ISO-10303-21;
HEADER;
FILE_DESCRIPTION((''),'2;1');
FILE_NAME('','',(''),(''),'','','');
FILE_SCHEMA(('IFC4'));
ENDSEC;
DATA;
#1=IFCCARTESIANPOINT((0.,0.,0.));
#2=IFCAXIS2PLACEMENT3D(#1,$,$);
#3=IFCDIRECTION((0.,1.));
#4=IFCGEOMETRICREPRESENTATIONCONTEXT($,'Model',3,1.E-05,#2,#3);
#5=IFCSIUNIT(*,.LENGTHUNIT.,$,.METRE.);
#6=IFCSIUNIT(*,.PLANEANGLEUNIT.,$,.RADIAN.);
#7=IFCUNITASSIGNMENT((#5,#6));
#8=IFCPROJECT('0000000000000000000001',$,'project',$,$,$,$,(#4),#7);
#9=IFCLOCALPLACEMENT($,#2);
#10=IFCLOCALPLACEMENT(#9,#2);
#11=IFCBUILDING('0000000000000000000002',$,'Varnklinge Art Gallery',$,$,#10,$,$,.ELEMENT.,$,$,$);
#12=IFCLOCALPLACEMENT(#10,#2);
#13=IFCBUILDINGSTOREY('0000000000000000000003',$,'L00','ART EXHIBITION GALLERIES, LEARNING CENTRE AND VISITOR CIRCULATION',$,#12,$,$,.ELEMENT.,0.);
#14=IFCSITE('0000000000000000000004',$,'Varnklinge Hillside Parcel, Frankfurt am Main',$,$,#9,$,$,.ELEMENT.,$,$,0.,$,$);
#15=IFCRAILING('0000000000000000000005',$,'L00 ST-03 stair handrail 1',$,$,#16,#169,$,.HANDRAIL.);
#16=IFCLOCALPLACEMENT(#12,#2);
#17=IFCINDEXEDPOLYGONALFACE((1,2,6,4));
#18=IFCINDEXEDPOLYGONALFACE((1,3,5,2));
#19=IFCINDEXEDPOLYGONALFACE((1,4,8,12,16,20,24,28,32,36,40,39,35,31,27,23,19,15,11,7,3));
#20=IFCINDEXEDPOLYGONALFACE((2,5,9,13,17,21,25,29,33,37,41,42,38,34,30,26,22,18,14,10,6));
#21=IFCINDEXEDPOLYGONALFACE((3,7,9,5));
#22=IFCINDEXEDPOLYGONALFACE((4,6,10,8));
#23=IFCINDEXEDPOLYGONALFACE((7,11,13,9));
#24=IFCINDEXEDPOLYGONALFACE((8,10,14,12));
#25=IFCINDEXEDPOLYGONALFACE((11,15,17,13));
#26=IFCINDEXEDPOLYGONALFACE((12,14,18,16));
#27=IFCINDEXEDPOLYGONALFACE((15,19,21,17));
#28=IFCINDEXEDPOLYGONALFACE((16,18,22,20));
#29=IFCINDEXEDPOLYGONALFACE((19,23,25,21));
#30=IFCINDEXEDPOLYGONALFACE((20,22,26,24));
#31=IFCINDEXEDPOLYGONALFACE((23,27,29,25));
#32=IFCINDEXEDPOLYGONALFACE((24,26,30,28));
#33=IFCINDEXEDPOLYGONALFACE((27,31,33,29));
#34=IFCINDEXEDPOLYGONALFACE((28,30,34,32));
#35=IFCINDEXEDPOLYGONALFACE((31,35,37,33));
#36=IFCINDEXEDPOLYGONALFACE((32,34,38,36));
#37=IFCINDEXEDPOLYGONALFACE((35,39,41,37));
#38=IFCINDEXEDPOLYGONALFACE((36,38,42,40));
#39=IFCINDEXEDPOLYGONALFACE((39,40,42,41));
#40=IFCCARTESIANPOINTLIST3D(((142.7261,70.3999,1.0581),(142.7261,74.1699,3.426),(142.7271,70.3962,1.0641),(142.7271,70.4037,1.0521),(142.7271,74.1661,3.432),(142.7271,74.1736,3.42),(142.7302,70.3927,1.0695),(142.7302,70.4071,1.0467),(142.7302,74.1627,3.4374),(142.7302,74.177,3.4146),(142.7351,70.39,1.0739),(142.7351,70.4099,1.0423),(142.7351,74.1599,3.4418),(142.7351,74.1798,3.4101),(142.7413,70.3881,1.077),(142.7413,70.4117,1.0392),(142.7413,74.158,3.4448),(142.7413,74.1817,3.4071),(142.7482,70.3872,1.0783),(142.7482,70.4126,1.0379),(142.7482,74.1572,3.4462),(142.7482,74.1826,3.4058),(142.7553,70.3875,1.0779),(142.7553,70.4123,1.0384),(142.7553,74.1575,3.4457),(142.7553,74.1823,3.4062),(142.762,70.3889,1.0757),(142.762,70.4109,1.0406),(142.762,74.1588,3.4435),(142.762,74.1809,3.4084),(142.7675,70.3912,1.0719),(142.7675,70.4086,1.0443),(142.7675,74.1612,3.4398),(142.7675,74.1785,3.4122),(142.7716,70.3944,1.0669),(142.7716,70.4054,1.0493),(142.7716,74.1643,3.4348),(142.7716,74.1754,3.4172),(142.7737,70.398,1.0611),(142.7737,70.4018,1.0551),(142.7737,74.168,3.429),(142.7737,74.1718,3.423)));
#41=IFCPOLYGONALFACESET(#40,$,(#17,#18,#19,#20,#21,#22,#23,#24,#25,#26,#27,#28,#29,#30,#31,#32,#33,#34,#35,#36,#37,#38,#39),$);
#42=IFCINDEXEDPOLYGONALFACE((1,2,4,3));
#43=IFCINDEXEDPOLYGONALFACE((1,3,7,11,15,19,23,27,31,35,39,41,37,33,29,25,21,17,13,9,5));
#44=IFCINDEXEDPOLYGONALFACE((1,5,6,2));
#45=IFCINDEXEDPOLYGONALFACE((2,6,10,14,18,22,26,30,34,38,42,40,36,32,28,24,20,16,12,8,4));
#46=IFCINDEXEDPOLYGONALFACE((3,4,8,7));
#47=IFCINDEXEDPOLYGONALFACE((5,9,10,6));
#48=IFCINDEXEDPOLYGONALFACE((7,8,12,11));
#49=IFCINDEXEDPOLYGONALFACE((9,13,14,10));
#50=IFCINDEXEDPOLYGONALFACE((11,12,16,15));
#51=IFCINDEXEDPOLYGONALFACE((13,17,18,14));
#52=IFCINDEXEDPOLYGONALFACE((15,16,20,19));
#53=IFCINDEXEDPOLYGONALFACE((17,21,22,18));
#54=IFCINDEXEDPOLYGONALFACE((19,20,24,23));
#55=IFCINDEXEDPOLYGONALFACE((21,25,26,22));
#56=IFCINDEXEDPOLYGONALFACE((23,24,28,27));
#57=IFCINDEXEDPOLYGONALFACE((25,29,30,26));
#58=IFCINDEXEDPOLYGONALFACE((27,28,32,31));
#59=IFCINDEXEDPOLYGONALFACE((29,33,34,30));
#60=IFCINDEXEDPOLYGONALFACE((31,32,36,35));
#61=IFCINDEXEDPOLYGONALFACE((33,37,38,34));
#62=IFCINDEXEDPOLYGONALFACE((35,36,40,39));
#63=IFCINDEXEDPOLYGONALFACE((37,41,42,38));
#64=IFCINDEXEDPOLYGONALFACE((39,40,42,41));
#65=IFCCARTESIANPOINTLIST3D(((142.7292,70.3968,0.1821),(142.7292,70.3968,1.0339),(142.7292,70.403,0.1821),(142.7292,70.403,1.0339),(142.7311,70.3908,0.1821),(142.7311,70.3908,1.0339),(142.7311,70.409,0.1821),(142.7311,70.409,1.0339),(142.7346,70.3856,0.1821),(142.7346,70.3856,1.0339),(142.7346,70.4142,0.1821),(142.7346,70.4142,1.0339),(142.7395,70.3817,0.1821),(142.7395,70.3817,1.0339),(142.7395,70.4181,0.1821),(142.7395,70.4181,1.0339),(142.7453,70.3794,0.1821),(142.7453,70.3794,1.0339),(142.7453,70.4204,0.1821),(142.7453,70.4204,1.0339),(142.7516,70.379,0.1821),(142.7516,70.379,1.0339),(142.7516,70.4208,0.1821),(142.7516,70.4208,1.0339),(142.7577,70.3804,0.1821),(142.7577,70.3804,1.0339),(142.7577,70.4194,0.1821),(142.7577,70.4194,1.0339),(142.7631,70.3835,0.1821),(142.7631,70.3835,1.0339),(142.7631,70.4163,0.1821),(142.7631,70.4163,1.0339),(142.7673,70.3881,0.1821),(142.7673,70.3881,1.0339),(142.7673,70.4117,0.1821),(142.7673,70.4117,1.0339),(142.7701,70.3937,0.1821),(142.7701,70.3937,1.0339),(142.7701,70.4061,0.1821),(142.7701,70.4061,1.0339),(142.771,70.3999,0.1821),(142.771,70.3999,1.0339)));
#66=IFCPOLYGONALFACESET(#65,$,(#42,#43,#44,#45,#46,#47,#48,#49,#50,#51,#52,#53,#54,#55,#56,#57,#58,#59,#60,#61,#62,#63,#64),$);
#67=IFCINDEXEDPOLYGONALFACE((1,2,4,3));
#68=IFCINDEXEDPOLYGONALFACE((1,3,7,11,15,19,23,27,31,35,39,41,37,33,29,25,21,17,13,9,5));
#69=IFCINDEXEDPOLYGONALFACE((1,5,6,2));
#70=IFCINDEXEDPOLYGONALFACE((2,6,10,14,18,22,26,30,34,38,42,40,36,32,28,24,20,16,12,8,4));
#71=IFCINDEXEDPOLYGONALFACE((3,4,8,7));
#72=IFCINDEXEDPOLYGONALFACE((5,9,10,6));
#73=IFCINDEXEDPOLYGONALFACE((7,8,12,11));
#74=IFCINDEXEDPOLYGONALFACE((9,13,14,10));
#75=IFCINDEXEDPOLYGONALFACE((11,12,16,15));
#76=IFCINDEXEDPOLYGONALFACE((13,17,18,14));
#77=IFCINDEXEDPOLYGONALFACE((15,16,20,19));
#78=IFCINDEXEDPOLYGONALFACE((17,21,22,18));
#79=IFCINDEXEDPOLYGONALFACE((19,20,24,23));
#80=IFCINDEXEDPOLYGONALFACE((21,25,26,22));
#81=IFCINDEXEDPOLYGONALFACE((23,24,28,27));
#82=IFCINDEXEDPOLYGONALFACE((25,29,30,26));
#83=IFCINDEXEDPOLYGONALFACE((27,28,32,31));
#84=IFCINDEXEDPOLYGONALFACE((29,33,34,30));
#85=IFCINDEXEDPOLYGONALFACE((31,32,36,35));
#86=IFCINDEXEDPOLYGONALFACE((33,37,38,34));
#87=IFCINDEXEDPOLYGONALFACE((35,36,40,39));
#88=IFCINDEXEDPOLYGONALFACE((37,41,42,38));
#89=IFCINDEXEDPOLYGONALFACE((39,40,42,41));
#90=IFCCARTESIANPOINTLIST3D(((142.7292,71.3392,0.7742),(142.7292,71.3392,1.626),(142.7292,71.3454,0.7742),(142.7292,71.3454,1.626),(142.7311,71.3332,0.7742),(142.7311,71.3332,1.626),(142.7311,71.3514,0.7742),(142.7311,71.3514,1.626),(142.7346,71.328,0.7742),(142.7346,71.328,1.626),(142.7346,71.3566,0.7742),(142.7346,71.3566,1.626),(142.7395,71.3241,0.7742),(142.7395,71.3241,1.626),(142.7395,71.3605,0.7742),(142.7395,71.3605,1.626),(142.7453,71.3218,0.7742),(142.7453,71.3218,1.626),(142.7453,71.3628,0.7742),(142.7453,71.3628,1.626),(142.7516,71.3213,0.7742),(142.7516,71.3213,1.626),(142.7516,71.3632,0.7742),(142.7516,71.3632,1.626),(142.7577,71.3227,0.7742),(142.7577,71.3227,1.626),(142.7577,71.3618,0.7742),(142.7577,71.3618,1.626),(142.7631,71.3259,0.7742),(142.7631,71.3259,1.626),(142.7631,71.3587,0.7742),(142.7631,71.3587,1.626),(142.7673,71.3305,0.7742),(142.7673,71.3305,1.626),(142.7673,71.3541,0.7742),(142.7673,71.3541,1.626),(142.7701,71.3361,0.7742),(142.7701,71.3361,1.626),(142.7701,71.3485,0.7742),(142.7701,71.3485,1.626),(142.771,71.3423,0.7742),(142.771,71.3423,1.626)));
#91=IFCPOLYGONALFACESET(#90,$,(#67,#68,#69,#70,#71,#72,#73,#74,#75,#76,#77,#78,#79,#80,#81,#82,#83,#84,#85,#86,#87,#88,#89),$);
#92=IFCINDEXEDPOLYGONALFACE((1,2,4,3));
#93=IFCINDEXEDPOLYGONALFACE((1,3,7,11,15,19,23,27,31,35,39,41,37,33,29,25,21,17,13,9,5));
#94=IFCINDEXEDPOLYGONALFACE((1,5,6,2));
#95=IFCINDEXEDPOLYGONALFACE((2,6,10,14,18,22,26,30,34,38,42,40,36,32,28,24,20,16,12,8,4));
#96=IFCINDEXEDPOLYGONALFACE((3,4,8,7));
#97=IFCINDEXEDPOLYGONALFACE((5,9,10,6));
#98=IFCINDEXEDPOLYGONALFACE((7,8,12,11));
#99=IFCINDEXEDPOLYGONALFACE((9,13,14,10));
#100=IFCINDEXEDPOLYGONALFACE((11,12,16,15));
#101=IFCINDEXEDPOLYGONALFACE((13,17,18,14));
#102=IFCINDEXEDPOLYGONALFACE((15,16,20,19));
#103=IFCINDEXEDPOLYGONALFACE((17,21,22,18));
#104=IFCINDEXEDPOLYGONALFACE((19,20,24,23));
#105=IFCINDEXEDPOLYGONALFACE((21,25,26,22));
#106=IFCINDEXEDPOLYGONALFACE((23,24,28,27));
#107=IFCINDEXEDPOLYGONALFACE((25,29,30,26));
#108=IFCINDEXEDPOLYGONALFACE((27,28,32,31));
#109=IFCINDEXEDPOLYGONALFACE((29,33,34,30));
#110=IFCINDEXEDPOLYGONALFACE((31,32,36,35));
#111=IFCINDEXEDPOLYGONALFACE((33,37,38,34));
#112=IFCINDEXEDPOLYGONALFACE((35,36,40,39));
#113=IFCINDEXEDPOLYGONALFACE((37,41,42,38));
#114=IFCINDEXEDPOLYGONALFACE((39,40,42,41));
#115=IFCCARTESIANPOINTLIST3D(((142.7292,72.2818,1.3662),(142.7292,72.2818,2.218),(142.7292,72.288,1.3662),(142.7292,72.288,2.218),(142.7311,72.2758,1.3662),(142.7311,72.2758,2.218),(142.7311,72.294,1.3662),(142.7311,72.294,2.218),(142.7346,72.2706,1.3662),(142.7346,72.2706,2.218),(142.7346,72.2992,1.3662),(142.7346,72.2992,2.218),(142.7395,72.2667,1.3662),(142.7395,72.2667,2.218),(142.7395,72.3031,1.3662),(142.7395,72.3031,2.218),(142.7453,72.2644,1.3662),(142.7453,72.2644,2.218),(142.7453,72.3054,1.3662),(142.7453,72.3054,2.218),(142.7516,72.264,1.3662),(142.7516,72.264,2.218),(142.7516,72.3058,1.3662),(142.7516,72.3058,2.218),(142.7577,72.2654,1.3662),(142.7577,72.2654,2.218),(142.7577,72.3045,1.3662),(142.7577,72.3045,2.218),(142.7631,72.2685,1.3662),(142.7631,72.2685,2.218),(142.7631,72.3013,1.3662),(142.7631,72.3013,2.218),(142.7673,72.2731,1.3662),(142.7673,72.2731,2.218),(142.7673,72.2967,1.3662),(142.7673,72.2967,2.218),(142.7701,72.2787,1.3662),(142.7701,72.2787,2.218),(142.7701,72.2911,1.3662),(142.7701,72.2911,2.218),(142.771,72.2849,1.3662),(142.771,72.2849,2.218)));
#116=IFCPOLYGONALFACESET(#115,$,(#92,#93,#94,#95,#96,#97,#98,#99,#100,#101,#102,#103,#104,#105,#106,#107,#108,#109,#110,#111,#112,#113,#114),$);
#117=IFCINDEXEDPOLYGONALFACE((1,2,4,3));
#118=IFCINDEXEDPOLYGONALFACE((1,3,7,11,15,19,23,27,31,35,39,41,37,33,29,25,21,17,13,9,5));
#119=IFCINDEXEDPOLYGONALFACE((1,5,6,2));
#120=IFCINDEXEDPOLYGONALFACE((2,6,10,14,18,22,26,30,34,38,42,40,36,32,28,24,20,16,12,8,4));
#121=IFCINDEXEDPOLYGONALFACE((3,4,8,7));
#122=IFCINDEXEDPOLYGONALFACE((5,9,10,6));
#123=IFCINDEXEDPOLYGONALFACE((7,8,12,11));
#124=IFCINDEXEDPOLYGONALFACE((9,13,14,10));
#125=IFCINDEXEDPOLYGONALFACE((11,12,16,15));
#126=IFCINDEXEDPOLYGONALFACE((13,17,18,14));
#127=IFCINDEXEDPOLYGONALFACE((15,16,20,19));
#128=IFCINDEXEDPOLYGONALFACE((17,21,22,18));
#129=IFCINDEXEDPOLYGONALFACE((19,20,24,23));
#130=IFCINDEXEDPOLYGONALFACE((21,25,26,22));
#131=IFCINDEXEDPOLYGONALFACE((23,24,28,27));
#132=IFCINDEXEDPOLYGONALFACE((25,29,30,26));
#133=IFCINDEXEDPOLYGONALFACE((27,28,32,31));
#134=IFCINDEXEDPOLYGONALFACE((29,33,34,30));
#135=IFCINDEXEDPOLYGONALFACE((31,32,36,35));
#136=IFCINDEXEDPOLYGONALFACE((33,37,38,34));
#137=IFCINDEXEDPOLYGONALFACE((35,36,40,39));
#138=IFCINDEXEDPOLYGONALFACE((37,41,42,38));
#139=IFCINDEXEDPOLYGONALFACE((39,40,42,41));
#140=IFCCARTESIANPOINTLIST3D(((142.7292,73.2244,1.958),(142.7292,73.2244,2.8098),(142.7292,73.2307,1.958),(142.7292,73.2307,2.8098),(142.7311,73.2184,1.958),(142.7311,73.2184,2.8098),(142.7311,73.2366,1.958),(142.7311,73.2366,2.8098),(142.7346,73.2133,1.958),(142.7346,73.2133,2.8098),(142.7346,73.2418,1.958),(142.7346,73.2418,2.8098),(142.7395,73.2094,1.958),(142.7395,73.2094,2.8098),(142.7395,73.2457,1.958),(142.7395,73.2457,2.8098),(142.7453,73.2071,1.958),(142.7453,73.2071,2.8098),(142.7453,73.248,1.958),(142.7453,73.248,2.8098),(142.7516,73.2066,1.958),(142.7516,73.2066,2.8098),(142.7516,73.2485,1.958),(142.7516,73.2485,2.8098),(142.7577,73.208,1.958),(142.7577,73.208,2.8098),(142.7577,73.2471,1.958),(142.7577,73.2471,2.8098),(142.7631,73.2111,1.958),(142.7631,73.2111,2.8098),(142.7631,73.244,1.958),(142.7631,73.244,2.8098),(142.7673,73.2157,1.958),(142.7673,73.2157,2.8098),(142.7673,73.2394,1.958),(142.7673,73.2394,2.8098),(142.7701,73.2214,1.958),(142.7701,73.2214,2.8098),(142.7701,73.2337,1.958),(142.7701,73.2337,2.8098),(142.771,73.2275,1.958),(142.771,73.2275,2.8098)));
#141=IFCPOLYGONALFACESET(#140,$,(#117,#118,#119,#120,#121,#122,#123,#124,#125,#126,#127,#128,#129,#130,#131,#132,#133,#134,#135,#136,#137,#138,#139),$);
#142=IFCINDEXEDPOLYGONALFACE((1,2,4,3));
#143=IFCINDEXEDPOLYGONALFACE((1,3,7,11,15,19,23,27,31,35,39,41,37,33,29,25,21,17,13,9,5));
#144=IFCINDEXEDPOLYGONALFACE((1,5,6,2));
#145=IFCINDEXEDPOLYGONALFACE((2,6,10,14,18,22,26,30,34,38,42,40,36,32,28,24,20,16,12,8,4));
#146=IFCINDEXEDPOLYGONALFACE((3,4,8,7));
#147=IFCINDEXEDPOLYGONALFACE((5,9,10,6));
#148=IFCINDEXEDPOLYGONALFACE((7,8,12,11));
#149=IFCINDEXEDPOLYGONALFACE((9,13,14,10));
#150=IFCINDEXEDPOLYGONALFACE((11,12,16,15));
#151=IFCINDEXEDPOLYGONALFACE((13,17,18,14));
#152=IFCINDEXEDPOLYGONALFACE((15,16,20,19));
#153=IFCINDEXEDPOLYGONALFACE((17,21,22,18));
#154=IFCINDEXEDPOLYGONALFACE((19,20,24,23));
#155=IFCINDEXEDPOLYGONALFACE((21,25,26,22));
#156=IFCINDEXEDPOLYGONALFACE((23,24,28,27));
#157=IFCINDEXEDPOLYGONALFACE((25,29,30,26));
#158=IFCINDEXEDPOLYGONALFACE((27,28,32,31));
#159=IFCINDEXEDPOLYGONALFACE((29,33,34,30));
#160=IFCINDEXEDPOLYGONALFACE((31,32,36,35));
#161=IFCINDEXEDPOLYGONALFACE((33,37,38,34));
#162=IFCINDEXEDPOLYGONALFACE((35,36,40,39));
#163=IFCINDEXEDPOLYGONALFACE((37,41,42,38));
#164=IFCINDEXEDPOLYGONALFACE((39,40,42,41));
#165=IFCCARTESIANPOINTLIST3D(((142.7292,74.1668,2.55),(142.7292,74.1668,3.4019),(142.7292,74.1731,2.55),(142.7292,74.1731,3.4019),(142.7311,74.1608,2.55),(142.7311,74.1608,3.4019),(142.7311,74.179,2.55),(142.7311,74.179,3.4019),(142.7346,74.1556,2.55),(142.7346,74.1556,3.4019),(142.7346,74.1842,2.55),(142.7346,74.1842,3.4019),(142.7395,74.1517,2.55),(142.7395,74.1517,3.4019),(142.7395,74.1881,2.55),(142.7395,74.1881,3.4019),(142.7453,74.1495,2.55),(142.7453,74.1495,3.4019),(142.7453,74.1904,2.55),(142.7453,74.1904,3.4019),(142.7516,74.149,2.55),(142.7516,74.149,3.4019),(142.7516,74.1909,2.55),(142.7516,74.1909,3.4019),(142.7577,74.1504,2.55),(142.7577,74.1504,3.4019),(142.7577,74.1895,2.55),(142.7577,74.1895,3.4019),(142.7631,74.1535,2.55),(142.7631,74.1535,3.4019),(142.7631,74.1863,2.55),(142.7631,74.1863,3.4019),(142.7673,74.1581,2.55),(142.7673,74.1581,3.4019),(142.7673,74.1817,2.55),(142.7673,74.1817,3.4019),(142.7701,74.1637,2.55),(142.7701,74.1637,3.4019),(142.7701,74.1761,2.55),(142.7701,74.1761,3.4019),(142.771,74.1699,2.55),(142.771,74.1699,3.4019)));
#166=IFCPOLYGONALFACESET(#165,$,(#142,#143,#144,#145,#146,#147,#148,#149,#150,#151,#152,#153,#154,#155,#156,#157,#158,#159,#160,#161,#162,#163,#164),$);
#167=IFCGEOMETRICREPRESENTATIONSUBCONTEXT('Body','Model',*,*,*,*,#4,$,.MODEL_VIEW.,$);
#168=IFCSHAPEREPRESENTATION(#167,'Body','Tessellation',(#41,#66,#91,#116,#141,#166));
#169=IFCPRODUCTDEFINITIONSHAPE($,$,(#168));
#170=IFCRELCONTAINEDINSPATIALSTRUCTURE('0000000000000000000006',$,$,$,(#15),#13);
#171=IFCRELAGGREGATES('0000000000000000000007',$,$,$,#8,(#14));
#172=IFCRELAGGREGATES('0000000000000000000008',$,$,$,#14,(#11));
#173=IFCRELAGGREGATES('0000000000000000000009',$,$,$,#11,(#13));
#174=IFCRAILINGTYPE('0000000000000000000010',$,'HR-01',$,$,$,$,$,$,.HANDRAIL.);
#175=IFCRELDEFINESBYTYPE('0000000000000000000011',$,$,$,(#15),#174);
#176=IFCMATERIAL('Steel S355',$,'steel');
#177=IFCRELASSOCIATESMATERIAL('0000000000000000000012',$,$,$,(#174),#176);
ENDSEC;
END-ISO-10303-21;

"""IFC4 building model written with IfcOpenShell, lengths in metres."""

from ifc_helpers import new_model, si_unit, direction, frame, origin, origin_2d, place, context, subcontext, project, spatial, circle, extrude, material, type_object, element, save


model = new_model("IFC4")

# Units and contexts
model_context = context("Model", 3, precision=1e-05, world=origin(), true_north=direction((0.0, 1.0)))
body_context = subcontext(model_context, "Body", "Model", "MODEL_VIEW")
ifc_project = project(units=[si_unit("LENGTHUNIT", "METRE"), si_unit("PLANEANGLEUNIT", "RADIAN")], contexts=[model_context])

# Site, building, storey
site_placement = place(None, origin())
site = spatial("IfcSite", under=ifc_project, at=site_placement, Name="Varnklinge Hillside Parcel, Frankfurt am Main", CompositionType="ELEMENT", RefElevation=0.0)
building_placement = place(site_placement, origin())
building = spatial("IfcBuilding", under=site, at=building_placement, Name="Varnklinge Art Gallery", CompositionType="ELEMENT")
storey_placement = place(building_placement, origin())
storey = spatial("IfcBuildingStorey", under=building, at=storey_placement, Name="L00", Description="ART EXHIBITION GALLERIES, LEARNING CENTRE AND VISITOR CIRCULATION", CompositionType="ELEMENT", Elevation=0.0)

# Railing
ifc_material_1 = material(Name="Steel S355", Category="steel")
railing_type_1 = type_object("IfcRailingType", Name="HR-01", PredefinedType="HANDRAIL", material=ifc_material_1)
railing_1_placement = place(storey_placement, frame((142.75, 70.3999, 0.1821)))
element("IfcRailing", 1, at=railing_1_placement, inside=storey, type_object=railing_type_1, Name="L00 ST-03 stair handrail 1", PredefinedType="HANDRAIL", context=body_context, shape_type="SweptSolid", body=[
    extrude(circle(Radius=0.0239, at=origin_2d()), frame((0.0, 0.0, 0.876), z_axis=(0.0, 0.846819, 0.531881), x_axis=(-1.0, 0.0, 0.0)), (0.0, 0.0, 1.0), 4.4519),
    extrude(circle(Radius=0.021, at=origin_2d()), origin(), (0.0, 0.0, 1.0), 0.8518),
    extrude(circle(Radius=0.021, at=origin_2d()), frame((0.0, 0.9424, 0.592)), (0.0, 0.0, 1.0), 0.8518),
    extrude(circle(Radius=0.021, at=origin_2d()), frame((0.0, 1.885, 1.1841)), (0.0, 0.0, 1.0), 0.8518),
    extrude(circle(Radius=0.021, at=origin_2d()), frame((0.0, 2.8276, 1.7759)), (0.0, 0.0, 1.0), 0.8518),
    extrude(circle(Radius=0.021, at=origin_2d()), frame((0.0, 3.77, 2.3679)), (0.0, 0.0, 1.0), 0.8518),
])

save(model, "model.ifc")
